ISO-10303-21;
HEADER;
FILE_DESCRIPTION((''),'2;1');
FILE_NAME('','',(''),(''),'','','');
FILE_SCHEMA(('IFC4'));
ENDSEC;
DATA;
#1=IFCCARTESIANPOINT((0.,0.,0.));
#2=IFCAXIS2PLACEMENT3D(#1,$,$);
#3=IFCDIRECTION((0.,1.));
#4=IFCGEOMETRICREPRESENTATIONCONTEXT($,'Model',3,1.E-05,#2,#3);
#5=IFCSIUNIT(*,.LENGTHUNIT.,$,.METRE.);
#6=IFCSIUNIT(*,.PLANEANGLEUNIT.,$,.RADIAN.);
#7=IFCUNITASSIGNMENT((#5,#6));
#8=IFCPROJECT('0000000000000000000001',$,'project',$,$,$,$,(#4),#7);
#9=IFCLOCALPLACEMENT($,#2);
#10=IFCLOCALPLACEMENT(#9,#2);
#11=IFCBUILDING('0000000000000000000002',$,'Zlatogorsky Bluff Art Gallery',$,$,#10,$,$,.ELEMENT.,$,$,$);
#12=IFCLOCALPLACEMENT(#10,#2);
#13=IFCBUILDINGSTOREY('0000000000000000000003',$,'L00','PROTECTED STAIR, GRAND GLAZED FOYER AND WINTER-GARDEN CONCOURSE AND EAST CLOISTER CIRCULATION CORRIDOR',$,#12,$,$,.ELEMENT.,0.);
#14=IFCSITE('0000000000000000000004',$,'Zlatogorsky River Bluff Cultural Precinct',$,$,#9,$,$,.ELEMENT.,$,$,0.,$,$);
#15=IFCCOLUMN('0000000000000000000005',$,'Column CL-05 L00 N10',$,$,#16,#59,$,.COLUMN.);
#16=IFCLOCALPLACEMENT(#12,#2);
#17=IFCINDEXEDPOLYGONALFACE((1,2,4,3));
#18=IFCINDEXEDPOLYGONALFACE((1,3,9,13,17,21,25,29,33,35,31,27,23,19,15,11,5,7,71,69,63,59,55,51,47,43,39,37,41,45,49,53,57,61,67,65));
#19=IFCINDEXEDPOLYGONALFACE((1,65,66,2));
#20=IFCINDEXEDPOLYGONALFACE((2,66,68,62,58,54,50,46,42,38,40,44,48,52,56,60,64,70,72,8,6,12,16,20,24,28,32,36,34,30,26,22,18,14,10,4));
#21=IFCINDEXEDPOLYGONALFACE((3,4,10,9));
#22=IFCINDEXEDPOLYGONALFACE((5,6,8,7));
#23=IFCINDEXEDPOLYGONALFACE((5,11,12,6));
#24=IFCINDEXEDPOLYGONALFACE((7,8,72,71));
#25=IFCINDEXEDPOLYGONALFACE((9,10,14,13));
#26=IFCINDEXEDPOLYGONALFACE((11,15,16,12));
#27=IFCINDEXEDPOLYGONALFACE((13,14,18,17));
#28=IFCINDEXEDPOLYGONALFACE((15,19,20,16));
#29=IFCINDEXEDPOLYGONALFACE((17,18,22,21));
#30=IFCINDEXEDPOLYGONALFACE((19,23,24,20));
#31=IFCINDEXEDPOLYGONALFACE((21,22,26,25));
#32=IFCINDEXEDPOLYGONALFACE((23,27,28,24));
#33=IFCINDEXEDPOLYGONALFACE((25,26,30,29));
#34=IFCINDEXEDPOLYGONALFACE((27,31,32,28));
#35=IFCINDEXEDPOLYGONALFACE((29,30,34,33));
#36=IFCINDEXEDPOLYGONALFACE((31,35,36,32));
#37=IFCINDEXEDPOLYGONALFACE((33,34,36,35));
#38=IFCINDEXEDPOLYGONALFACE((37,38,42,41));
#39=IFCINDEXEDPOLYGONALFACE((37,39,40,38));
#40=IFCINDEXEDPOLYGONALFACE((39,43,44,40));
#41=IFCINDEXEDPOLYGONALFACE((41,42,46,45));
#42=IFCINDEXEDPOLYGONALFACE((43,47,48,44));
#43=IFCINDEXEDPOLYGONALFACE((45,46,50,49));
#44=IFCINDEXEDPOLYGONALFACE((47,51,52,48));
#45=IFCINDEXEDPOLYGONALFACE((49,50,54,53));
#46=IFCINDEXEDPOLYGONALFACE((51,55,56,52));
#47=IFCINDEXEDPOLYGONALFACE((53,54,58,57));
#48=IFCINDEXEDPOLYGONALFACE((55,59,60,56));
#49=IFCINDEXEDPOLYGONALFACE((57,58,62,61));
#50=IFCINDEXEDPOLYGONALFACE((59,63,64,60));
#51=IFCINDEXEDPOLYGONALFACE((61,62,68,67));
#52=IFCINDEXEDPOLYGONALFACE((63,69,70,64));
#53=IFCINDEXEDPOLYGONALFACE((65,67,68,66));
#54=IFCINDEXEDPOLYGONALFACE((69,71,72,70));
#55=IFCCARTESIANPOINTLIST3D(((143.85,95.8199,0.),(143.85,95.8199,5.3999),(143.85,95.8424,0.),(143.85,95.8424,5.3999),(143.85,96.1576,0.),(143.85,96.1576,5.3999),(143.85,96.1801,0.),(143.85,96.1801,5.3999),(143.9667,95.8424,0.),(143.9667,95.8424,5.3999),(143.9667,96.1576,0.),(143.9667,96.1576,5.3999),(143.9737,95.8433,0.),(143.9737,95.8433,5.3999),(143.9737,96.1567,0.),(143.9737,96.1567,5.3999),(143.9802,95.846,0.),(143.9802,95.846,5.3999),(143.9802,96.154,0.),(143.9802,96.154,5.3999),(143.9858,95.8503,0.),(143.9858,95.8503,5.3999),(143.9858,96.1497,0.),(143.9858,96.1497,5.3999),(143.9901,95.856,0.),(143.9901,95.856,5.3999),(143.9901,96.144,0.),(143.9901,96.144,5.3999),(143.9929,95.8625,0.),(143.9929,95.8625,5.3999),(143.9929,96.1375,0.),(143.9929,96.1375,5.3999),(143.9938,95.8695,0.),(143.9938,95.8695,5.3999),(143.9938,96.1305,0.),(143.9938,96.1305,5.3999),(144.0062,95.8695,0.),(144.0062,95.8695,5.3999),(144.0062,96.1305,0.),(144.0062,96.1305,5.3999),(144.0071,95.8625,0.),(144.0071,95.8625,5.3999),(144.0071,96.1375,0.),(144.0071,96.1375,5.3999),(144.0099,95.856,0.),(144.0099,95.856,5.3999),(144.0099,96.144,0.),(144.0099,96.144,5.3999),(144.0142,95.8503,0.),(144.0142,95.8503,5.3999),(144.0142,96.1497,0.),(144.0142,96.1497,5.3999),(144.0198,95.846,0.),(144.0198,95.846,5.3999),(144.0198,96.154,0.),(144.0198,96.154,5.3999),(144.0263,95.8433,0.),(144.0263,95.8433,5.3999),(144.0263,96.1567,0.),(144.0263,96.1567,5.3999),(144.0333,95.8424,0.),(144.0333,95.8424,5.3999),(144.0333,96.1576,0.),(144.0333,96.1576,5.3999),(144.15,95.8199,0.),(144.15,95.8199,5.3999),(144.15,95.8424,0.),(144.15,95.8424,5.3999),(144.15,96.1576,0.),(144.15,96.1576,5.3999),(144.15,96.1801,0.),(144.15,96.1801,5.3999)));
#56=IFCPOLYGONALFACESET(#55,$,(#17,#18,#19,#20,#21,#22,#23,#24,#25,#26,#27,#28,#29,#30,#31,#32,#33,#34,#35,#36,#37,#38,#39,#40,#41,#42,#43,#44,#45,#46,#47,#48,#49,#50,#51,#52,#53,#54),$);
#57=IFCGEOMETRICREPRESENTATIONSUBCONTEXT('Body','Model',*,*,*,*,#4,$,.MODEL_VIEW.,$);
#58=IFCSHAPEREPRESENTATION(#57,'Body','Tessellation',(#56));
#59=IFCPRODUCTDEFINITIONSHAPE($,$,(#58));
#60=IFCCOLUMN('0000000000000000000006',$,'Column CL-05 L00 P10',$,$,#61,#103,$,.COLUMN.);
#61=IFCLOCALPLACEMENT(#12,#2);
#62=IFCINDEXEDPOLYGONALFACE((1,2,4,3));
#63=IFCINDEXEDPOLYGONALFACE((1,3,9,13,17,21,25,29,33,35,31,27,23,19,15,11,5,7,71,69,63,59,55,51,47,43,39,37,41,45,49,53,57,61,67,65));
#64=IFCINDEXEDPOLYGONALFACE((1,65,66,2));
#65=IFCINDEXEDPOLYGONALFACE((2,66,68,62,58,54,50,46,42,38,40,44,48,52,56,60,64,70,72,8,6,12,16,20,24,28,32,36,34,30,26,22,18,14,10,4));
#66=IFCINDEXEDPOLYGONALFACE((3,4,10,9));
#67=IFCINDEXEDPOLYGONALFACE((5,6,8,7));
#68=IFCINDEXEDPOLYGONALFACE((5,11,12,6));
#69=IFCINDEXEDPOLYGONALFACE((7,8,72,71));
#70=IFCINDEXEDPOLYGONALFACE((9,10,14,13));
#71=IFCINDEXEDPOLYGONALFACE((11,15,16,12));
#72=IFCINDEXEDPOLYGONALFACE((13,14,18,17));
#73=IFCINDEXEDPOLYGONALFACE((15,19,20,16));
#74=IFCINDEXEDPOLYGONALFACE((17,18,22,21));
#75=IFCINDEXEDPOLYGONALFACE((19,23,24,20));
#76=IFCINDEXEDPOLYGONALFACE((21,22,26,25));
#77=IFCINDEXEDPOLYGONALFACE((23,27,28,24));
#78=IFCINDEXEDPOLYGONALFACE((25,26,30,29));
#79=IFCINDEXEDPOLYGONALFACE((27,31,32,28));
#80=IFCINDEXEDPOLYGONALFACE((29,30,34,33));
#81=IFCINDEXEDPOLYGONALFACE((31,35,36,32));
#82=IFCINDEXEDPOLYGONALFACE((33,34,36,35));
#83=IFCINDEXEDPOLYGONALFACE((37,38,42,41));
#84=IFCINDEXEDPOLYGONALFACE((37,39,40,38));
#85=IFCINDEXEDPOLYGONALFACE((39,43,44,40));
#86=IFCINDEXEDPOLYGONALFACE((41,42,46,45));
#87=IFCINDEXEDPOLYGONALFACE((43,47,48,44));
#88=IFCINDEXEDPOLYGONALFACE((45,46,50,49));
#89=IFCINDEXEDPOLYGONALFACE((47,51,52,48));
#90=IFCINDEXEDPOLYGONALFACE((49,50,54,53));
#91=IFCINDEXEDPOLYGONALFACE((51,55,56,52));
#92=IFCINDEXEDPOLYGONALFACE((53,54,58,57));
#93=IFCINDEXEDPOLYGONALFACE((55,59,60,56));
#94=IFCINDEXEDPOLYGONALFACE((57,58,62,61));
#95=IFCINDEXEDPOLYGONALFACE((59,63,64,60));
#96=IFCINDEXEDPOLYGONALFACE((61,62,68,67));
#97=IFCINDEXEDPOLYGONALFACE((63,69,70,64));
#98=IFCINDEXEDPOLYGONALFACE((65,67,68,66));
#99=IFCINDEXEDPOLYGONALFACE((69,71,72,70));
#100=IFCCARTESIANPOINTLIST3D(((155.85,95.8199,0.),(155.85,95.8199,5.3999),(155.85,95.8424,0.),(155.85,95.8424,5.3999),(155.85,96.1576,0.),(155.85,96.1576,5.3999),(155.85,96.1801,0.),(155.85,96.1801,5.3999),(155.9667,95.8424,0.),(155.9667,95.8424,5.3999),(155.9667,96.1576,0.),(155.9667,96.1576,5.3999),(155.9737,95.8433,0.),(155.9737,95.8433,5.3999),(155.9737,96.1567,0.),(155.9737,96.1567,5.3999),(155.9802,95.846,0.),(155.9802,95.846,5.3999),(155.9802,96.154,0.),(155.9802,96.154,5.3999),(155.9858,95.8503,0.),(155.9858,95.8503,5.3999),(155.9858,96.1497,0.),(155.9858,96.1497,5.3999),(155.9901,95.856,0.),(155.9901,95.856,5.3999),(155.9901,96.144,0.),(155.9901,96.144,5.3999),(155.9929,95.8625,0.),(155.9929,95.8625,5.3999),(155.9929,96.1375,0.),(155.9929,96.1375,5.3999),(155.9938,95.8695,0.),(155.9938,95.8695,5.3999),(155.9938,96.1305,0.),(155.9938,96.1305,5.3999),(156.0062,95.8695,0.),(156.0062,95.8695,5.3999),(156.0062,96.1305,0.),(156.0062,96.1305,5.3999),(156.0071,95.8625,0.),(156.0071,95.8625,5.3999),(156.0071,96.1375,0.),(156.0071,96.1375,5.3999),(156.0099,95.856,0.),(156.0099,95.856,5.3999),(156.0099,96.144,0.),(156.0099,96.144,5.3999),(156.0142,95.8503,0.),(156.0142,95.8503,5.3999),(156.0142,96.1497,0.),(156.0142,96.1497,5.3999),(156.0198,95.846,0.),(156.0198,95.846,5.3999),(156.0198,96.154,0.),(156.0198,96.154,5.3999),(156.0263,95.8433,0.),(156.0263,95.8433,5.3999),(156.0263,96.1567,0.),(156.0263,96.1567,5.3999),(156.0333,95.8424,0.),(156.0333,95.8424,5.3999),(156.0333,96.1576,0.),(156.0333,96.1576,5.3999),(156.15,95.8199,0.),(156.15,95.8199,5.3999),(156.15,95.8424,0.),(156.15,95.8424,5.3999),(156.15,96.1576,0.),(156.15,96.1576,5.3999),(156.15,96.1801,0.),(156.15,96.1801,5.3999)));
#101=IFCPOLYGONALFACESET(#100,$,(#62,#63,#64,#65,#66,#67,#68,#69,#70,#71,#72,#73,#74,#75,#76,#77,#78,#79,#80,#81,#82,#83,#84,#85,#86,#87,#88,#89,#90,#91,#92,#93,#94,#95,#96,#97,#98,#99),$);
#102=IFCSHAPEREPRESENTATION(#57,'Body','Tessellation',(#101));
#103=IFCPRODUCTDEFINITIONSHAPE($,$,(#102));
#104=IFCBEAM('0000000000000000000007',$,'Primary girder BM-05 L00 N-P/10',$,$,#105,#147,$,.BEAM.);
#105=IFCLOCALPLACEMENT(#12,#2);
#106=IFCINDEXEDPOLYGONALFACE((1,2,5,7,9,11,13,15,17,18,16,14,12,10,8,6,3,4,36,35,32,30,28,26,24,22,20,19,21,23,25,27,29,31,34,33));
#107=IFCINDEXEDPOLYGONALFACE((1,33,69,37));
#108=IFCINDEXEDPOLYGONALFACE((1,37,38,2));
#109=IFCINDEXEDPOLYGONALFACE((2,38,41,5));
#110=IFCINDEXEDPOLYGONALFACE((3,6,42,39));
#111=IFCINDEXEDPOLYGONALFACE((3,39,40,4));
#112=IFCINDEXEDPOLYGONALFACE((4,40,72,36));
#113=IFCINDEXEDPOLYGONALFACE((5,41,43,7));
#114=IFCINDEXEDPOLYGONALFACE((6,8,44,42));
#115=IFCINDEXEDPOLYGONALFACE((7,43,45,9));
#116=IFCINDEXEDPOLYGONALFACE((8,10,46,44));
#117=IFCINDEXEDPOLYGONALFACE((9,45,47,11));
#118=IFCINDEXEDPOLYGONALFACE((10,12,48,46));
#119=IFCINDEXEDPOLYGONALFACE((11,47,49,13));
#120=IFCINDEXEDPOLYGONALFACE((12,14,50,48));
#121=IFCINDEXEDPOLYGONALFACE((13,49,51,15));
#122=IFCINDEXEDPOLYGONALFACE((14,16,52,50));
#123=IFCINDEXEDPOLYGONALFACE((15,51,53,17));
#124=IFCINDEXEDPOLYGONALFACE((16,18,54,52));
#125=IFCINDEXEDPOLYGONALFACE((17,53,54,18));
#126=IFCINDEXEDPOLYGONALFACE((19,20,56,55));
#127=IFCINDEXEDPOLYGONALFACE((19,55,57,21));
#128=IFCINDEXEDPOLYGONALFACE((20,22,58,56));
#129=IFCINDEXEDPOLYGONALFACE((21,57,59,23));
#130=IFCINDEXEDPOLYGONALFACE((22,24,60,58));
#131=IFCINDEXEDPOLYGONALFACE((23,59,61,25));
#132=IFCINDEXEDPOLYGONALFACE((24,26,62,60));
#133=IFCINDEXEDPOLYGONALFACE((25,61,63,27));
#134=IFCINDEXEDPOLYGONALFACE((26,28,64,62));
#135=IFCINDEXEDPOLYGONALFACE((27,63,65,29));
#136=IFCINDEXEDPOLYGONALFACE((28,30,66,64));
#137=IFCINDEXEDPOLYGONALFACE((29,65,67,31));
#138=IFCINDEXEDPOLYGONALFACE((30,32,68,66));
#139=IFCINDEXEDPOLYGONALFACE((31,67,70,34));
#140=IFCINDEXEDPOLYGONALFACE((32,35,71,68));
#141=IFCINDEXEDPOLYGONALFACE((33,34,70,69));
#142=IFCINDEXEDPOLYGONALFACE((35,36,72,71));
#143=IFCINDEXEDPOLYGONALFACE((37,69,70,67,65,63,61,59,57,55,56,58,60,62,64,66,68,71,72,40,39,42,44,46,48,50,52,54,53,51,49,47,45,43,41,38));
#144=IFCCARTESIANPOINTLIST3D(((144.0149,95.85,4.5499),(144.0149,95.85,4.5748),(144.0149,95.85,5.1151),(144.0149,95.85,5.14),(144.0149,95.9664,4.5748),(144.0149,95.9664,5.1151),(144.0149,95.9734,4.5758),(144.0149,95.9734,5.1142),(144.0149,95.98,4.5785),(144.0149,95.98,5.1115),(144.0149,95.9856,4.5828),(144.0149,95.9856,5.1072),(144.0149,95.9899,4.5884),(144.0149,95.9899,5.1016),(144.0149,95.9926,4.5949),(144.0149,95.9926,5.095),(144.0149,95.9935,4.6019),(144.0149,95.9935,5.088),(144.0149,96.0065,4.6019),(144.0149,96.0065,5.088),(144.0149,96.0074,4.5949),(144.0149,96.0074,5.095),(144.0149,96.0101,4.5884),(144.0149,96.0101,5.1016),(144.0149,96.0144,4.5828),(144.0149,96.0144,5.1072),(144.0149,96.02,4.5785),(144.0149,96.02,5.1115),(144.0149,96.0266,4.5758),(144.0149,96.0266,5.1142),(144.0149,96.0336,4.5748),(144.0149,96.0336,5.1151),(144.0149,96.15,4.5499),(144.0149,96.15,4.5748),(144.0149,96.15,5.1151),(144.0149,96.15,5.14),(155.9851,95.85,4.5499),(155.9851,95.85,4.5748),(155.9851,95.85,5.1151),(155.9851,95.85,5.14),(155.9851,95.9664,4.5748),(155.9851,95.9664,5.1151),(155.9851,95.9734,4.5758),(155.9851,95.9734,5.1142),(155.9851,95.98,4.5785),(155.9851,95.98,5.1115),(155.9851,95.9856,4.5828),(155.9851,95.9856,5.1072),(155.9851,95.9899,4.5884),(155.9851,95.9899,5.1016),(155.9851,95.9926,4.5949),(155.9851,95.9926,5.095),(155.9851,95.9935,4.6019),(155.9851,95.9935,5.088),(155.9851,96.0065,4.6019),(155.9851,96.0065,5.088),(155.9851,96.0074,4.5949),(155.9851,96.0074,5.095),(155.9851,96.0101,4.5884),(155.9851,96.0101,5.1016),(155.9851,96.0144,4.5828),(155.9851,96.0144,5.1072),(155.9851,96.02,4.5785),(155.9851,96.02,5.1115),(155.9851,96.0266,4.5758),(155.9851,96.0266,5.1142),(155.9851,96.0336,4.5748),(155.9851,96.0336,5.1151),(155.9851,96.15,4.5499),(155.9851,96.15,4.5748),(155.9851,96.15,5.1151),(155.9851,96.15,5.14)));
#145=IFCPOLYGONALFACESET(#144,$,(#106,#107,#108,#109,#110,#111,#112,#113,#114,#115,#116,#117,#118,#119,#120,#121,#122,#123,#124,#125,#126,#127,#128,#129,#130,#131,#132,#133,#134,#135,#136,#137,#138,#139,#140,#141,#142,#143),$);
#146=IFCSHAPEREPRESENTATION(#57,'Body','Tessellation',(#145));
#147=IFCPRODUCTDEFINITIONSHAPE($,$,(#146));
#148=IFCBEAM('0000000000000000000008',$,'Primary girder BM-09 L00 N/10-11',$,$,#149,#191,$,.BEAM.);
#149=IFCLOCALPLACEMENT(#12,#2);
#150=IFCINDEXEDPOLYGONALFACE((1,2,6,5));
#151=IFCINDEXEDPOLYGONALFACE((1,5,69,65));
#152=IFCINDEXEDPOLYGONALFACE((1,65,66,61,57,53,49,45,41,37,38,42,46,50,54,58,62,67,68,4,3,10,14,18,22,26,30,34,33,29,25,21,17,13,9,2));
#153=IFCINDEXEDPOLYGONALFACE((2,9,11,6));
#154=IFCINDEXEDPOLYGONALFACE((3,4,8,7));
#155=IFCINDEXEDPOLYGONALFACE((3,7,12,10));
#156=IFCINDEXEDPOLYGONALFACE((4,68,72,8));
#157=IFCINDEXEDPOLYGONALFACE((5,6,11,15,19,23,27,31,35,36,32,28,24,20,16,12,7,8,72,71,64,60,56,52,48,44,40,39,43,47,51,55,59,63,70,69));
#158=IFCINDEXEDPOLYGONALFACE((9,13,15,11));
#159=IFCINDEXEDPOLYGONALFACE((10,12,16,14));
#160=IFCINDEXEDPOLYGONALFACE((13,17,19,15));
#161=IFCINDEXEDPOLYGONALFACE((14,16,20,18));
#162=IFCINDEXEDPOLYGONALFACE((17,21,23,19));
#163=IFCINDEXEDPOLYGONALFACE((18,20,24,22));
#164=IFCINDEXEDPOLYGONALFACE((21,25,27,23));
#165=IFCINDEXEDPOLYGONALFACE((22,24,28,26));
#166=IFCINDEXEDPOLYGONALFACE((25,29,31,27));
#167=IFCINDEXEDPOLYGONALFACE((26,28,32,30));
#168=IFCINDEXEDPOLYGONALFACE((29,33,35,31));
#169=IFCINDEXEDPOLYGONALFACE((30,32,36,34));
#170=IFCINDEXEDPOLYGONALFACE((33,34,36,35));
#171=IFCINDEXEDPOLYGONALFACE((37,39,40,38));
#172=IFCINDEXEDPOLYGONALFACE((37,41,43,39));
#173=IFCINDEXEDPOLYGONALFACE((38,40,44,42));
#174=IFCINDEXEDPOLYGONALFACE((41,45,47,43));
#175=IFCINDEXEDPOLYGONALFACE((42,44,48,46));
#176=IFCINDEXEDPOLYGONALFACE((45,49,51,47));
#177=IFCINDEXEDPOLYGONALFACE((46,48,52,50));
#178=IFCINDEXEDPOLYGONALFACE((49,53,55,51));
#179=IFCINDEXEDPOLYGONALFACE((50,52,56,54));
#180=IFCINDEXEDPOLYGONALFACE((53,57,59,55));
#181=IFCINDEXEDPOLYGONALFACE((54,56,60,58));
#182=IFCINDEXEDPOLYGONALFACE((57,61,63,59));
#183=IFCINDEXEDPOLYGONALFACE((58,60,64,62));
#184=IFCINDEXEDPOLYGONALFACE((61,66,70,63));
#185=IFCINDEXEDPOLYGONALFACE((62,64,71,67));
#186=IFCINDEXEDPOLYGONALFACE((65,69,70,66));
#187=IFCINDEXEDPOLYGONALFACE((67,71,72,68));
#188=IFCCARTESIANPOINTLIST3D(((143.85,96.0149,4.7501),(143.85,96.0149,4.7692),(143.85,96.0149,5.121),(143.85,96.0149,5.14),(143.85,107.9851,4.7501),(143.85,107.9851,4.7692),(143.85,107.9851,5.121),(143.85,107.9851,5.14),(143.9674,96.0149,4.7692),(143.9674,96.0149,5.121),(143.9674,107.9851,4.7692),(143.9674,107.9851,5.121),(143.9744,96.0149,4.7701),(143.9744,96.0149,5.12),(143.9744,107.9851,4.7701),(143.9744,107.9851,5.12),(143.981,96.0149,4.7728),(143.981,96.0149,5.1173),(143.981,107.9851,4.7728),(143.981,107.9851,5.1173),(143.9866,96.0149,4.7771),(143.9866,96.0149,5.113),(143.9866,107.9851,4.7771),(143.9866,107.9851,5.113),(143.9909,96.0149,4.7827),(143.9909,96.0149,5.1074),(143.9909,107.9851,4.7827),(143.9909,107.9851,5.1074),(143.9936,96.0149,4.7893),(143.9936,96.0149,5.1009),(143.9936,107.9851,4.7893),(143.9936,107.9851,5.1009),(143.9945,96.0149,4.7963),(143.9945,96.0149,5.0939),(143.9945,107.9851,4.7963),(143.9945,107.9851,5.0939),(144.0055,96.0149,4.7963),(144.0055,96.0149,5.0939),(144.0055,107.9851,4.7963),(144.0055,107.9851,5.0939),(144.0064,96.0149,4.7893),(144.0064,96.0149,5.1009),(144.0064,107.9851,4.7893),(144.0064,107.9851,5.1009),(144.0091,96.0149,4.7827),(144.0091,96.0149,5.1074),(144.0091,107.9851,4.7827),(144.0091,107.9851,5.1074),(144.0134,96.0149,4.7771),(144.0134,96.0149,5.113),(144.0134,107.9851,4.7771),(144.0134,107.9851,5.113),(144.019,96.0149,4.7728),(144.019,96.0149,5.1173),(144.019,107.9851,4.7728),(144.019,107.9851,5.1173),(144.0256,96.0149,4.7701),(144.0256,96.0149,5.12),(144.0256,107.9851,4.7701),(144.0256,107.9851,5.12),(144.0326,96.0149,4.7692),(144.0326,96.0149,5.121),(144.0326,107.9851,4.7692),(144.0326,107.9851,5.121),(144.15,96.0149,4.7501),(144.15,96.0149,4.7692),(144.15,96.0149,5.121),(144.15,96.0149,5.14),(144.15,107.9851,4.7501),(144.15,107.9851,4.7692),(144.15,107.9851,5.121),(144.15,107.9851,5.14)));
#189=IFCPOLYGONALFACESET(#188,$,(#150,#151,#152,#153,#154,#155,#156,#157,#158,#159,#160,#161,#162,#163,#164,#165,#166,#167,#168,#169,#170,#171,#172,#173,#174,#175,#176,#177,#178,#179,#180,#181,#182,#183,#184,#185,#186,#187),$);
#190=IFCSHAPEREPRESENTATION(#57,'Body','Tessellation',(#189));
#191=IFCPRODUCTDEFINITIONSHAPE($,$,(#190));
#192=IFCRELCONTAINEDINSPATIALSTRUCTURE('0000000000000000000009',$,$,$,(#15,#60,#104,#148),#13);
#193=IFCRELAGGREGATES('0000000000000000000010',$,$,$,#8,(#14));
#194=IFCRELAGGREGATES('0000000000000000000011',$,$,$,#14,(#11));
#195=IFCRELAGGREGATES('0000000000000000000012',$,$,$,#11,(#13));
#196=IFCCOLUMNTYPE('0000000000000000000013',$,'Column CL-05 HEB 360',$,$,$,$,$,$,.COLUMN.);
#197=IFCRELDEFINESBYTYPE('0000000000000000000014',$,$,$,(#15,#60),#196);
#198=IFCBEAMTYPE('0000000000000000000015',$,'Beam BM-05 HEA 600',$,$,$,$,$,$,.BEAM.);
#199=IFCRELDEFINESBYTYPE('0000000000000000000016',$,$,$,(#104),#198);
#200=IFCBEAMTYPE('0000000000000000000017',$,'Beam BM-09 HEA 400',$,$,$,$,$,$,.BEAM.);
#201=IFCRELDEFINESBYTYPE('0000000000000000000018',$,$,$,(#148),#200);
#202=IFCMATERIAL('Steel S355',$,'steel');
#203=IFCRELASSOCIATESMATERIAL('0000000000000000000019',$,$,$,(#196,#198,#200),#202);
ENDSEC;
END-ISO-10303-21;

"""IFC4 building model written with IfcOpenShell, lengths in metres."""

from ifc_helpers import new_model, si_unit, direction, frame, origin, origin_2d, place, context, subcontext, project, spatial, i_section, extrude, material, material_profile, profile_set, type_object, element, save


model = new_model("IFC4")

# Units and contexts
model_context = context("Model", 3, precision=1e-05, world=origin(), true_north=direction((0.0, 1.0)))
body_context = subcontext(model_context, "Body", "Model", "MODEL_VIEW")
ifc_project = project(units=[si_unit("LENGTHUNIT", "METRE"), si_unit("PLANEANGLEUNIT", "RADIAN")], contexts=[model_context])

# Site, building, storey
site_placement = place(None, origin())
site = spatial("IfcSite", under=ifc_project, at=site_placement, Name="Zlatogorsky River Bluff Cultural Precinct", CompositionType="ELEMENT", RefElevation=0.0)
building_placement = place(site_placement, origin())
building = spatial("IfcBuilding", under=site, at=building_placement, Name="Zlatogorsky Bluff Art Gallery", CompositionType="ELEMENT")
storey_placement = place(building_placement, origin())
storey = spatial("IfcBuildingStorey", under=building, at=storey_placement, Name="L00", Description="PROTECTED STAIR, GRAND GLAZED FOYER AND WINTER-GARDEN CONCOURSE AND EAST CLOISTER CIRCULATION CORRIDOR", CompositionType="ELEMENT", Elevation=0.0)

# Columns
ifc_material_1 = material(Name="Steel S355", Category="steel")
ifc_material_profile_1 = material_profile(ifc_material_1, i_section(OverallWidth=0.3, OverallDepth=0.3601, WebThickness=0.0125, FlangeThickness=0.0225, FilletRadius=0.0271, at=origin_2d()), Name="HEB 360")
ifc_profile_set_1 = profile_set([ifc_material_profile_1], Name="Steel S355")
column_type = type_object("IfcColumnType", Name="Column CL-05 HEB 360", PredefinedType="COLUMN", material=ifc_profile_set_1)
for number, where, z_axis, x_axis, name in (
    (1, (144.0, 96.0, 0.0), (0.0, 0.0, 1.0), (1.0, 0.0, 0.0), "Column CL-05 L00 N10"),
    (2, (156.0, 96.0, 0.0), (0.0, 0.0, 1.0), (1.0, 0.0, 0.0), "Column CL-05 L00 P10"),
):
    element("IfcColumn", number, at=place(storey_placement, frame(where, z_axis=z_axis, x_axis=x_axis)), inside=storey, type_object=column_type, Name=name, PredefinedType="COLUMN", context=body_context, shape_type="SweptSolid", body=[
        extrude(i_section(OverallWidth=0.3, OverallDepth=0.3601, WebThickness=0.0125, FlangeThickness=0.0225, FilletRadius=0.0271, at=origin_2d()), origin(), (0.0, 0.0, 1.0), 5.3999),
    ])

# Beams
ifc_material_profile_2 = material_profile(ifc_material_1, i_section(OverallWidth=0.3, OverallDepth=0.5901, WebThickness=0.0129, FlangeThickness=0.0249, FilletRadius=0.0271, at=origin_2d()), Name="HEA 600")
ifc_profile_set_2 = profile_set([ifc_material_profile_2], Name="Steel S355")
beam_type_1 = type_object("IfcBeamType", Name="Beam BM-05 HEA 600", PredefinedType="BEAM", material=ifc_profile_set_2)
beam_placement = place(storey_placement, frame((144.0149, 96.0, 4.845), z_axis=(1.0, 0.0, 0.0), x_axis=(0.0, 1.0, 0.0)))
element("IfcBeam", 3, at=beam_placement, inside=storey, type_object=beam_type_1, Name="Primary girder BM-05 L00 N-P/10", PredefinedType="BEAM", context=body_context, shape_type="SweptSolid", body=[
    extrude(i_section(OverallWidth=0.3, OverallDepth=0.5901, WebThickness=0.0129, FlangeThickness=0.0249, FilletRadius=0.0271, at=origin_2d()), origin(), (0.0, 0.0, 1.0), 11.9702),
])
ifc_material_profile_3 = material_profile(ifc_material_1, i_section(OverallWidth=0.3, OverallDepth=0.3899, WebThickness=0.011, FlangeThickness=0.019, FilletRadius=0.0271, at=origin_2d()), Name="HEA 400")
ifc_profile_set_3 = profile_set([ifc_material_profile_3], Name="Steel S355")
beam_type_2 = type_object("IfcBeamType", Name="Beam BM-09 HEA 400", PredefinedType="BEAM", material=ifc_profile_set_3)
for number, where, z_axis, x_axis, name in (
    (4, (144.0, 96.0149, 4.9451), (0.0, 1.0, 0.0), (-1.0, 0.0, 0.0), "Primary girder BM-09 L00 N/10-11"),
):
    element("IfcBeam", number, at=place(storey_placement, frame(where, z_axis=z_axis, x_axis=x_axis)), inside=storey, type_object=beam_type_2, Name=name, PredefinedType="BEAM", context=body_context, shape_type="SweptSolid", body=[
        extrude(i_section(OverallWidth=0.3, OverallDepth=0.3899, WebThickness=0.011, FlangeThickness=0.019, FilletRadius=0.0271, at=origin_2d()), origin(), (0.0, 0.0, 1.0), 11.9702),
    ])

save(model, "model.ifc")
